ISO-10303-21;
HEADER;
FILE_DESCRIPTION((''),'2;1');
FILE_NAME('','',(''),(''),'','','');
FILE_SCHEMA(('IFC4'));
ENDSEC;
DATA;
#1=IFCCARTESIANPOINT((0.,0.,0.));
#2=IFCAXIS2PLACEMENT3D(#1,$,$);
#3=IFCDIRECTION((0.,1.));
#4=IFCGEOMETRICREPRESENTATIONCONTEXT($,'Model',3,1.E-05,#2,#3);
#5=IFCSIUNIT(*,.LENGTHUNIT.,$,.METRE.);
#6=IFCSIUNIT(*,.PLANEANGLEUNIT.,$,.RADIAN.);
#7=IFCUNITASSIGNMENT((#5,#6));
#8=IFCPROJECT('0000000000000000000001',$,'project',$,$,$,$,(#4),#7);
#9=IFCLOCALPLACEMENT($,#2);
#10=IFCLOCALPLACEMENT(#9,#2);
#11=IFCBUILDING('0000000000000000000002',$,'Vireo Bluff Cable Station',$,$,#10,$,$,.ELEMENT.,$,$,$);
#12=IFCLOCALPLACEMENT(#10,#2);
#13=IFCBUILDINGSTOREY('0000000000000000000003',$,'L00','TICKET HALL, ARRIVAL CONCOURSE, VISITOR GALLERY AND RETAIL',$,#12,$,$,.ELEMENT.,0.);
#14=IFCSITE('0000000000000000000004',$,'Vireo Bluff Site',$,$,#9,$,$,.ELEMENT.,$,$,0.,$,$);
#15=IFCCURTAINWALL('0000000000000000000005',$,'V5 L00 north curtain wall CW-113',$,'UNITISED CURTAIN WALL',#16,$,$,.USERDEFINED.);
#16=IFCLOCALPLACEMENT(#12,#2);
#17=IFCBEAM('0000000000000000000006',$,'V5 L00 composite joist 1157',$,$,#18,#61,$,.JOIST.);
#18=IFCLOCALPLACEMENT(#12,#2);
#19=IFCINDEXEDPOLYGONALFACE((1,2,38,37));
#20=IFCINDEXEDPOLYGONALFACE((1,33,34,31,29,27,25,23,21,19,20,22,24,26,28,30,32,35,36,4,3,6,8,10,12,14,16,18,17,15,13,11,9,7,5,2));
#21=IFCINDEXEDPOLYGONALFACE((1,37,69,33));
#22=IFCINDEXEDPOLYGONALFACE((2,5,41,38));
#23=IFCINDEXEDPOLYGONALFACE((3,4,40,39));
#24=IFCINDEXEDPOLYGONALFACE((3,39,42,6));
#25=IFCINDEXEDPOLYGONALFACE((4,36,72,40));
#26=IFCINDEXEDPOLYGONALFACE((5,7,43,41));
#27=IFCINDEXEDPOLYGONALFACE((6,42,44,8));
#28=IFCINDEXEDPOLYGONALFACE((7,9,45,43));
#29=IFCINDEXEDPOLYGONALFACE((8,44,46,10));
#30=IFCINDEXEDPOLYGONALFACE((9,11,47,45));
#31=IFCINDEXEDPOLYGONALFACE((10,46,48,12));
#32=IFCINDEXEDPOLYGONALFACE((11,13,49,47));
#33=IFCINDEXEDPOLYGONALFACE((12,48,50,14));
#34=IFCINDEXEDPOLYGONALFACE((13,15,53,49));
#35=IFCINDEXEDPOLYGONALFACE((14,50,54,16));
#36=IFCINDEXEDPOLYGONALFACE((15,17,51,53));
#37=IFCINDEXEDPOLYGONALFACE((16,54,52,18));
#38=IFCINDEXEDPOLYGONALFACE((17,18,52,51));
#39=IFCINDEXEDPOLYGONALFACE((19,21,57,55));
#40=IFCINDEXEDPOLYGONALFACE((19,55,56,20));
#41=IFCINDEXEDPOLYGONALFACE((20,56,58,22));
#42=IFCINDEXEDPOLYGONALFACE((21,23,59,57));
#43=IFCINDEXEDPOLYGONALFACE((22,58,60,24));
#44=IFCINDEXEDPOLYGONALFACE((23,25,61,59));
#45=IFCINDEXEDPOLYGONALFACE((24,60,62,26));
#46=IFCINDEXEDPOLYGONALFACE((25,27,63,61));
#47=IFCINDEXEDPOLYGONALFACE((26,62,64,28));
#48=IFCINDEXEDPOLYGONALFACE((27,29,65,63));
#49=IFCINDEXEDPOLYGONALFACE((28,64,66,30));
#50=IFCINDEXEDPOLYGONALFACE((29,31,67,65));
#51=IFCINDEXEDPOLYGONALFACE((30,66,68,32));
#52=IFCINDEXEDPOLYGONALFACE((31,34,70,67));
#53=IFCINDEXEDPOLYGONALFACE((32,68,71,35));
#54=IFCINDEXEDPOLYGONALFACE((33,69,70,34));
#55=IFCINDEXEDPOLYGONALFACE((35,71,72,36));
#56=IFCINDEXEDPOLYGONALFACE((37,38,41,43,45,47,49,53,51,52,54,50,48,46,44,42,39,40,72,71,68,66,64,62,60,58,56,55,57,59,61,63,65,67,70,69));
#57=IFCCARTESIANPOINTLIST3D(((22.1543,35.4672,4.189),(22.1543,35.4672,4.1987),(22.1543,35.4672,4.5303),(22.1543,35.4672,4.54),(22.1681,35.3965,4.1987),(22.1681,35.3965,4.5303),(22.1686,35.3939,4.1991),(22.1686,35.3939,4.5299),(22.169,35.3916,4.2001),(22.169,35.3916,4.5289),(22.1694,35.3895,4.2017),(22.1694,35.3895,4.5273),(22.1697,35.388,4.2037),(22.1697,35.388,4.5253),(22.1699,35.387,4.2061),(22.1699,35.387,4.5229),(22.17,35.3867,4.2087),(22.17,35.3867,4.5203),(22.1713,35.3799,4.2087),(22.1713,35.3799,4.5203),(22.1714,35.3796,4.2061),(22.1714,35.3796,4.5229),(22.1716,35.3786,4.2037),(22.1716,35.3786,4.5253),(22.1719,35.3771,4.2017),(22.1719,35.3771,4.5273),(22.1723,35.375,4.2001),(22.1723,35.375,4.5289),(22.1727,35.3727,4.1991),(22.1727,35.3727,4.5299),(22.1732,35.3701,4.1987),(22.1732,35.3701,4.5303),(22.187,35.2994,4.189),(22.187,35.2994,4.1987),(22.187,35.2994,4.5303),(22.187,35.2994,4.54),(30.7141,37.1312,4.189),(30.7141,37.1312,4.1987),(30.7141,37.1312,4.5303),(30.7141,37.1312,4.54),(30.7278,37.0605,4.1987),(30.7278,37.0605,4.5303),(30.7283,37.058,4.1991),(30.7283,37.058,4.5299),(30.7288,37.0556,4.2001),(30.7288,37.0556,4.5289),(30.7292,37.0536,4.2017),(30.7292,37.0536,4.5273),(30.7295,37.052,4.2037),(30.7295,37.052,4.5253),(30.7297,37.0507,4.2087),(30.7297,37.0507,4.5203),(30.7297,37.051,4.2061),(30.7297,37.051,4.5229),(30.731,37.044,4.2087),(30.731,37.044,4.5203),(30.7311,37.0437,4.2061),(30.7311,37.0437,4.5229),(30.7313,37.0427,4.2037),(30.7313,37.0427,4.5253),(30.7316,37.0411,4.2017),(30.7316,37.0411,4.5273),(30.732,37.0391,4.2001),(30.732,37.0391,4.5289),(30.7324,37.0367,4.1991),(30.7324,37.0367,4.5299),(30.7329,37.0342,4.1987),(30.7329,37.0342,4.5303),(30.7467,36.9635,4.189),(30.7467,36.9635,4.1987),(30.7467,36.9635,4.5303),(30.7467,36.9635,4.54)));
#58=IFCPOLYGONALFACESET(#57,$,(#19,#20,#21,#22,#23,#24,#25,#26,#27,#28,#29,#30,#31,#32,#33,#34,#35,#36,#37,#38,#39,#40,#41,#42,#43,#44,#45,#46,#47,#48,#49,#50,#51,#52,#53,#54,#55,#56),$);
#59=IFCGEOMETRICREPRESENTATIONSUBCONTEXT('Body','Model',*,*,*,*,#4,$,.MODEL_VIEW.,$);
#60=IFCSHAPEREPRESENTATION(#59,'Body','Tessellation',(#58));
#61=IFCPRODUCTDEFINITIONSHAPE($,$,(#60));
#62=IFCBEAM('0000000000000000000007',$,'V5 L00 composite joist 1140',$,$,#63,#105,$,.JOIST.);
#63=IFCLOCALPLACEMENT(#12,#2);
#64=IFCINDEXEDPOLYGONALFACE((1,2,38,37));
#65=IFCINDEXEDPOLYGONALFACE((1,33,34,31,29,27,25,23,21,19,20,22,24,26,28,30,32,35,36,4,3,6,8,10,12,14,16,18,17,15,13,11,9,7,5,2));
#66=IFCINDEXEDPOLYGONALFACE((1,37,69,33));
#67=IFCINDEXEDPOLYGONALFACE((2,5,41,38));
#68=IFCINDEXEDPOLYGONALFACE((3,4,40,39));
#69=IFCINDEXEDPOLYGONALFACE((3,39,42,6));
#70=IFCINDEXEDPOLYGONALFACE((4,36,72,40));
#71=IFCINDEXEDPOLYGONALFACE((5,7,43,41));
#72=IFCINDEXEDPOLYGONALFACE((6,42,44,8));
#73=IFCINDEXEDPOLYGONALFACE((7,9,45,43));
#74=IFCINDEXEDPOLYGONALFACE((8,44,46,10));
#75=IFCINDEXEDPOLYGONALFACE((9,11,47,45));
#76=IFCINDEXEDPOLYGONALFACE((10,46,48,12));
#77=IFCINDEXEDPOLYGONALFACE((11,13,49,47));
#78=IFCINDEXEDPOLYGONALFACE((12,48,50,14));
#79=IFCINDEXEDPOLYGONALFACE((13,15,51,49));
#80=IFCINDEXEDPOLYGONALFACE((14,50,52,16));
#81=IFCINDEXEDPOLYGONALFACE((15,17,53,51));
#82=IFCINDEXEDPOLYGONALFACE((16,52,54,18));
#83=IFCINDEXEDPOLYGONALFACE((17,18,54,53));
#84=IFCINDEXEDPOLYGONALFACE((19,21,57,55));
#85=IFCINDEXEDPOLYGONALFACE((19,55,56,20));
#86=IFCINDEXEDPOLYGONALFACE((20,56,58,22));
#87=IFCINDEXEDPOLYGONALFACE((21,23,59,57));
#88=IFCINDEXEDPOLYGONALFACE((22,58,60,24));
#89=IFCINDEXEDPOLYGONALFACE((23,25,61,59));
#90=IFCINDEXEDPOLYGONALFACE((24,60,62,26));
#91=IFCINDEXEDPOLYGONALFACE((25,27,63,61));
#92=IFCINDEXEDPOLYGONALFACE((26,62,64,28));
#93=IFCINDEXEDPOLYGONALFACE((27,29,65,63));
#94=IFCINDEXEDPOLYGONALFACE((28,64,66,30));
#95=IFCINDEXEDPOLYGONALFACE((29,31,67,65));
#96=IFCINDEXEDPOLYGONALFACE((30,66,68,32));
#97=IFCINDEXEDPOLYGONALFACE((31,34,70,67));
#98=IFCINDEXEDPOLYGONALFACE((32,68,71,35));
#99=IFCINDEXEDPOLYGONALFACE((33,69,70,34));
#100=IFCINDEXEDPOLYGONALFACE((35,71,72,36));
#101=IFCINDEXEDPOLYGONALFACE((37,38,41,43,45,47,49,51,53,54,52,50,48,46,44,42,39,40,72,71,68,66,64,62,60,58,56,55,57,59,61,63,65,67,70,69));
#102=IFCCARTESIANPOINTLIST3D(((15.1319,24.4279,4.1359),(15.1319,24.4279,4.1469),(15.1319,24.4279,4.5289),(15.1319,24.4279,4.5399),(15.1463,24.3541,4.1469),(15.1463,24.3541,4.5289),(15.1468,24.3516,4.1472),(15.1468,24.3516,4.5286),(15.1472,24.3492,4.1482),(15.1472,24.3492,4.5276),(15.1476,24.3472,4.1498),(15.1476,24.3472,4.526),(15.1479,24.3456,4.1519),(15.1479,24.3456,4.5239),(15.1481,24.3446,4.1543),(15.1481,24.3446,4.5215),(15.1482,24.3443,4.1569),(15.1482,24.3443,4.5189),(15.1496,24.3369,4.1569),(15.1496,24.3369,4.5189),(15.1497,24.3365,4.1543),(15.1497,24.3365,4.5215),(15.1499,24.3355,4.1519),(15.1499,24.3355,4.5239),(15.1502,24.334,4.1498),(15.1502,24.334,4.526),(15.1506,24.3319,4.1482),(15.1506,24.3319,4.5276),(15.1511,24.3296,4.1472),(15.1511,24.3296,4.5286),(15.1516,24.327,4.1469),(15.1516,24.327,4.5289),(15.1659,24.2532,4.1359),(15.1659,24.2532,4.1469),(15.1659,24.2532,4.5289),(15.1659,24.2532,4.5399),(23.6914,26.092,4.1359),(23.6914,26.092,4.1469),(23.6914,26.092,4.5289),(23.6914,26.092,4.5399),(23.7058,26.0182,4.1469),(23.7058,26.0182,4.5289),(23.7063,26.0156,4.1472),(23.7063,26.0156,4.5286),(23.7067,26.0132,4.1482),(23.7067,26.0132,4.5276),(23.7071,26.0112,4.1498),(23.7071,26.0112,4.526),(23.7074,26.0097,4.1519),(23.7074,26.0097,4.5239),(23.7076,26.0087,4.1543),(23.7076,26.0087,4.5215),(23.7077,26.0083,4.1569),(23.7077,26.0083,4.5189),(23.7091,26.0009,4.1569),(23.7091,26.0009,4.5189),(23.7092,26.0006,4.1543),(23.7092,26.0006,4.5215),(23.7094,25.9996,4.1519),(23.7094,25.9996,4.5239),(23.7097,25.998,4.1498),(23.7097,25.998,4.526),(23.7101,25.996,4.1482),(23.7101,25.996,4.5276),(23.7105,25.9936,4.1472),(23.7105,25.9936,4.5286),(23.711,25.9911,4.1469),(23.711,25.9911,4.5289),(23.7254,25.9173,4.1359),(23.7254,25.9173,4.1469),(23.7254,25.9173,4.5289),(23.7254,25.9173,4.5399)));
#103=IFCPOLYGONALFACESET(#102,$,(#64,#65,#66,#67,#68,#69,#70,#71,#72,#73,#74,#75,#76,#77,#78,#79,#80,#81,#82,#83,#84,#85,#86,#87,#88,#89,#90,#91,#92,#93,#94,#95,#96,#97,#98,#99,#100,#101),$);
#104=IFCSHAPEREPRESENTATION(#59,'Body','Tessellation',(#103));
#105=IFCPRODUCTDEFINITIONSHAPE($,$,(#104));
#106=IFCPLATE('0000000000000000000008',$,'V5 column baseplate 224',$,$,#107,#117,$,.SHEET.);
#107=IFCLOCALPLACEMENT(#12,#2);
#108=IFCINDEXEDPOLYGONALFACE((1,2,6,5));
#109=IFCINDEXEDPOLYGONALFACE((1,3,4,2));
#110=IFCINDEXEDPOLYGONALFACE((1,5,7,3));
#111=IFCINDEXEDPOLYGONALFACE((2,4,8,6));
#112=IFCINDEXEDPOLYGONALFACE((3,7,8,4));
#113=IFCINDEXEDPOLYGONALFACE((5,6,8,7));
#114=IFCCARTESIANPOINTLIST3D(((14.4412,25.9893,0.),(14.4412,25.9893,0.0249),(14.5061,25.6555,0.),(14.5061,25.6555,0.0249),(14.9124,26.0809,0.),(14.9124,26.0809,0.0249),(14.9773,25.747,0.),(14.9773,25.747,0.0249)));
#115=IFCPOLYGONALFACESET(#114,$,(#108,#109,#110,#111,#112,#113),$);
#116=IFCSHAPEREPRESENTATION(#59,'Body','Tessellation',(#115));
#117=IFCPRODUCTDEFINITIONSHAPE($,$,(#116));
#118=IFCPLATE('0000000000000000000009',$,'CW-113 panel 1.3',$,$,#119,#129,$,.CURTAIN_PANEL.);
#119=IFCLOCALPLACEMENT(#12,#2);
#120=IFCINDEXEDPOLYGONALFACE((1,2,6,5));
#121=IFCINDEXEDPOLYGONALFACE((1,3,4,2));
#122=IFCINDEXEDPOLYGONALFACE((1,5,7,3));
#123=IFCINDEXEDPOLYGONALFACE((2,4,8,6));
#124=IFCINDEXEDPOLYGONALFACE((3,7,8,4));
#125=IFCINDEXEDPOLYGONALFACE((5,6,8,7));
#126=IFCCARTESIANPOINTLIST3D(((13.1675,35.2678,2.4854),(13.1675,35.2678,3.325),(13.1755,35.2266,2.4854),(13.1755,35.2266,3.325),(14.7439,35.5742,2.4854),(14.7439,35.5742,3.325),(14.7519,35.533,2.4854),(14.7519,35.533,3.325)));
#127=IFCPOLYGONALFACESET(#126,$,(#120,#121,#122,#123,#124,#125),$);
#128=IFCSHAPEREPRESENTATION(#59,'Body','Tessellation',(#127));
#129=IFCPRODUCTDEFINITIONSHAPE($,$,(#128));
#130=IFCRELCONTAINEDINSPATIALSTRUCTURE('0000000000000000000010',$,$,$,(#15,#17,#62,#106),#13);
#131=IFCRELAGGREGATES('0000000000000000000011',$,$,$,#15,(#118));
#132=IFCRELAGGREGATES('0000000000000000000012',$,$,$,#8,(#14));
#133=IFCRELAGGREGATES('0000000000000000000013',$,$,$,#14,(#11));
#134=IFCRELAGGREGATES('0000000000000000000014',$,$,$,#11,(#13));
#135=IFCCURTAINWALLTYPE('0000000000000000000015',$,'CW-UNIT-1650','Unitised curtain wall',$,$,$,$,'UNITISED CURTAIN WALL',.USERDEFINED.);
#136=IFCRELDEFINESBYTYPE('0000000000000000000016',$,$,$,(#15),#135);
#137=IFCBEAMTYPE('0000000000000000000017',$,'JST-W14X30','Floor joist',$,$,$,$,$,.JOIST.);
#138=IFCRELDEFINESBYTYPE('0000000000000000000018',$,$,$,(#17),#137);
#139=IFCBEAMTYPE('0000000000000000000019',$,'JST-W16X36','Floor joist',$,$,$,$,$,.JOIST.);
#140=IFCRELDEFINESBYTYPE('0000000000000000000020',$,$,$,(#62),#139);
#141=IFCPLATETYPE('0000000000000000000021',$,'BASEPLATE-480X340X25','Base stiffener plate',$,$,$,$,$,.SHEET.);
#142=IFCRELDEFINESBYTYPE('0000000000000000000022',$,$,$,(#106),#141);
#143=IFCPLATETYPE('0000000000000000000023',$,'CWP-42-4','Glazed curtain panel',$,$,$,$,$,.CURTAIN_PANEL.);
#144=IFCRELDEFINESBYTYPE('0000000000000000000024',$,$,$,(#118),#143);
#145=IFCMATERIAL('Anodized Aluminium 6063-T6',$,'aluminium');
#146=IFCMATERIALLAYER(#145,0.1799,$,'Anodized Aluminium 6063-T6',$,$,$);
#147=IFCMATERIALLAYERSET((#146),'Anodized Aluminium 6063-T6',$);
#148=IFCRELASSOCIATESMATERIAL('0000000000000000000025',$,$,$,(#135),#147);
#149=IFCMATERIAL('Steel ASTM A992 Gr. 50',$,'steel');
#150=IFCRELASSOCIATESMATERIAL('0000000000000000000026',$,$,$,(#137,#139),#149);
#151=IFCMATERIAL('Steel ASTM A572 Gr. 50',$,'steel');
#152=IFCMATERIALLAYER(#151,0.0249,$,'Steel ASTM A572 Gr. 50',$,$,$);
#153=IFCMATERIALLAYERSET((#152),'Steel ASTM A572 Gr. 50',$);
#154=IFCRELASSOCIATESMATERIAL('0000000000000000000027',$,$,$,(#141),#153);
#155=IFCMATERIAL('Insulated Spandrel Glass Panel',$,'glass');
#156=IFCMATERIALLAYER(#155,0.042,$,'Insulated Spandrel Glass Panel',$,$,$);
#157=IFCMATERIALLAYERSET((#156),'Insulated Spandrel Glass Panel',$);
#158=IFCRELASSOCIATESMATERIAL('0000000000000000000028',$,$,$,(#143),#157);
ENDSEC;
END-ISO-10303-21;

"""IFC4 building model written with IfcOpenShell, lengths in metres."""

from ifc_helpers import new_model, si_unit, direction, frame, origin, origin_2d, place, context, subcontext, project, spatial, rectangle, i_section, extrude, material, layer, layer_set, material_profile, profile_set, type_object, element, aggregate, save


model = new_model("IFC4")

# Units and contexts
model_context = context("Model", 3, precision=1e-05, world=origin(), true_north=direction((0.0, 1.0)))
body_context = subcontext(model_context, "Body", "Model", "MODEL_VIEW")
ifc_project = project(units=[si_unit("LENGTHUNIT", "METRE"), si_unit("PLANEANGLEUNIT", "RADIAN")], contexts=[model_context])

# Site, building, storey
site_placement = place(None, origin())
site = spatial("IfcSite", under=ifc_project, at=site_placement, Name="Vireo Bluff Site", CompositionType="ELEMENT", RefElevation=0.0)
building_placement = place(site_placement, origin())
building = spatial("IfcBuilding", under=site, at=building_placement, Name="Vireo Bluff Cable Station", CompositionType="ELEMENT")
storey_placement = place(building_placement, origin())
storey = spatial("IfcBuildingStorey", under=building, at=storey_placement, Name="L00", Description="TICKET HALL, ARRIVAL CONCOURSE, VISITOR GALLERY AND RETAIL", CompositionType="ELEMENT", Elevation=0.0)

# Shared definitions
ifc_material_1 = material(Name="Steel ASTM A992 Gr. 50", Category="steel")

# Curtain wall
ifc_material_2 = material(Name="Anodized Aluminium 6063-T6", Category="aluminium")
ifc_layer_1 = layer(ifc_material_2, 0.1799, Name="Anodized Aluminium 6063-T6")
ifc_layer_set_1 = layer_set([ifc_layer_1], Name="Anodized Aluminium 6063-T6")
curtain_wall_type = type_object("IfcCurtainWallType", Name="CW-UNIT-1650", Description="Unitised curtain wall", ElementType="UNITISED CURTAIN WALL", PredefinedType="USERDEFINED", material=ifc_layer_set_1)
curtain_wall_placement = place(storey_placement, origin())
curtain_wall = element("IfcCurtainWall", 1, at=curtain_wall_placement, inside=storey, type_object=curtain_wall_type, Name="V5 L00 north curtain wall CW-113", ObjectType="UNITISED CURTAIN WALL", PredefinedType="USERDEFINED")

# Beams
ifc_material_profile_1 = material_profile(ifc_material_1, i_section(OverallWidth=0.1709, OverallDepth=0.3511, WebThickness=0.0068, FlangeThickness=0.0098, FilletRadius=0.01, at=origin_2d()), Name="W14X30")
ifc_profile_set_1 = profile_set([ifc_material_profile_1], Name="Steel ASTM A992 Gr. 50")
beam_type_1 = type_object("IfcBeamType", Name="JST-W14X30", Description="Floor joist", PredefinedType="JOIST", material=ifc_profile_set_1)
for number, where, z_axis, x_axis, name in (
    (2, (22.1707, 35.3833, 4.3645), (0.981623, 0.190831, 0.0), (-0.190831, 0.981623, 0.0), "V5 L00 composite joist 1157"),
):
    element("IfcBeam", number, at=place(storey_placement, frame(where, z_axis=z_axis, x_axis=x_axis)), inside=storey, type_object=beam_type_1, Name=name, PredefinedType="JOIST", context=body_context, shape_type="SweptSolid", body=[
        extrude(i_section(OverallWidth=0.1709, OverallDepth=0.3511, WebThickness=0.0068, FlangeThickness=0.0098, FilletRadius=0.01, at=origin_2d()), origin(), (0.0, 0.0, 1.0), 8.72),
    ])
ifc_material_profile_2 = material_profile(ifc_material_1, i_section(OverallWidth=0.178, OverallDepth=0.4041, WebThickness=0.0076, FlangeThickness=0.011, FilletRadius=0.01, at=origin_2d()), Name="W16X36")
ifc_profile_set_2 = profile_set([ifc_material_profile_2], Name="Steel ASTM A992 Gr. 50")
beam_type_2 = type_object("IfcBeamType", Name="JST-W16X36", Description="Floor joist", PredefinedType="JOIST", material=ifc_profile_set_2)
beam_1_placement = place(storey_placement, frame((15.1489, 24.3406, 4.3379), z_axis=(0.981622, 0.190837, 0.0), x_axis=(-0.190837, 0.981622, 0.0)))
element("IfcBeam", 3, at=beam_1_placement, inside=storey, type_object=beam_type_2, Name="V5 L00 composite joist 1140", PredefinedType="JOIST", context=body_context, shape_type="SweptSolid", body=[
    extrude(i_section(OverallWidth=0.178, OverallDepth=0.4041, WebThickness=0.0076, FlangeThickness=0.011, FilletRadius=0.01, at=origin_2d()), origin(), (0.0, 0.0, 1.0), 8.7197),
])

# Plates
ifc_material_3 = material(Name="Steel ASTM A572 Gr. 50", Category="steel")
ifc_layer_2 = layer(ifc_material_3, 0.0249, Name="Steel ASTM A572 Gr. 50")
ifc_layer_set_2 = layer_set([ifc_layer_2], Name="Steel ASTM A572 Gr. 50")
plate_type_1 = type_object("IfcPlateType", Name="BASEPLATE-480X340X25", Description="Base stiffener plate", PredefinedType="SHEET", material=ifc_layer_set_2)
plate_1_placement = place(storey_placement, frame((14.7092, 25.8682, 0.0), z_axis=(0.0, 0.0, 1.0), x_axis=(0.981627, 0.190809, 0.0)))
element("IfcPlate", 4, at=plate_1_placement, inside=storey, type_object=plate_type_1, Name="V5 column baseplate 224", PredefinedType="SHEET", context=body_context, shape_type="SweptSolid", body=[
    extrude(rectangle(XDim=0.48, YDim=0.3401, at=origin_2d()), origin(), (0.0, 0.0, 1.0), 0.0249),
])
ifc_material_4 = material(Name="Insulated Spandrel Glass Panel", Category="glass")
ifc_layer_3 = layer(ifc_material_4, 0.042, Name="Insulated Spandrel Glass Panel")
ifc_layer_set_3 = layer_set([ifc_layer_3], Name="Insulated Spandrel Glass Panel")
plate_type_2 = type_object("IfcPlateType", Name="CWP-42-4", Description="Glazed curtain panel", PredefinedType="CURTAIN_PANEL", material=ifc_layer_set_3)
plate_2_placement = place(storey_placement, frame((13.9597, 35.4004, 2.4854), z_axis=(0.0, 0.0, 1.0), x_axis=(0.981627, 0.190809, 0.0)))
plate_2 = element("IfcPlate", 5, at=plate_2_placement, type_object=plate_type_2, Name="CW-113 panel 1.3", PredefinedType="CURTAIN_PANEL", context=body_context, shape_type="SweptSolid", body=[
    extrude(rectangle(XDim=1.606, YDim=0.042, at=origin_2d()), origin(), (0.0, 0.0, 1.0), 0.8396),
])
aggregate(curtain_wall, [plate_2])

save(model, "model.ifc")
